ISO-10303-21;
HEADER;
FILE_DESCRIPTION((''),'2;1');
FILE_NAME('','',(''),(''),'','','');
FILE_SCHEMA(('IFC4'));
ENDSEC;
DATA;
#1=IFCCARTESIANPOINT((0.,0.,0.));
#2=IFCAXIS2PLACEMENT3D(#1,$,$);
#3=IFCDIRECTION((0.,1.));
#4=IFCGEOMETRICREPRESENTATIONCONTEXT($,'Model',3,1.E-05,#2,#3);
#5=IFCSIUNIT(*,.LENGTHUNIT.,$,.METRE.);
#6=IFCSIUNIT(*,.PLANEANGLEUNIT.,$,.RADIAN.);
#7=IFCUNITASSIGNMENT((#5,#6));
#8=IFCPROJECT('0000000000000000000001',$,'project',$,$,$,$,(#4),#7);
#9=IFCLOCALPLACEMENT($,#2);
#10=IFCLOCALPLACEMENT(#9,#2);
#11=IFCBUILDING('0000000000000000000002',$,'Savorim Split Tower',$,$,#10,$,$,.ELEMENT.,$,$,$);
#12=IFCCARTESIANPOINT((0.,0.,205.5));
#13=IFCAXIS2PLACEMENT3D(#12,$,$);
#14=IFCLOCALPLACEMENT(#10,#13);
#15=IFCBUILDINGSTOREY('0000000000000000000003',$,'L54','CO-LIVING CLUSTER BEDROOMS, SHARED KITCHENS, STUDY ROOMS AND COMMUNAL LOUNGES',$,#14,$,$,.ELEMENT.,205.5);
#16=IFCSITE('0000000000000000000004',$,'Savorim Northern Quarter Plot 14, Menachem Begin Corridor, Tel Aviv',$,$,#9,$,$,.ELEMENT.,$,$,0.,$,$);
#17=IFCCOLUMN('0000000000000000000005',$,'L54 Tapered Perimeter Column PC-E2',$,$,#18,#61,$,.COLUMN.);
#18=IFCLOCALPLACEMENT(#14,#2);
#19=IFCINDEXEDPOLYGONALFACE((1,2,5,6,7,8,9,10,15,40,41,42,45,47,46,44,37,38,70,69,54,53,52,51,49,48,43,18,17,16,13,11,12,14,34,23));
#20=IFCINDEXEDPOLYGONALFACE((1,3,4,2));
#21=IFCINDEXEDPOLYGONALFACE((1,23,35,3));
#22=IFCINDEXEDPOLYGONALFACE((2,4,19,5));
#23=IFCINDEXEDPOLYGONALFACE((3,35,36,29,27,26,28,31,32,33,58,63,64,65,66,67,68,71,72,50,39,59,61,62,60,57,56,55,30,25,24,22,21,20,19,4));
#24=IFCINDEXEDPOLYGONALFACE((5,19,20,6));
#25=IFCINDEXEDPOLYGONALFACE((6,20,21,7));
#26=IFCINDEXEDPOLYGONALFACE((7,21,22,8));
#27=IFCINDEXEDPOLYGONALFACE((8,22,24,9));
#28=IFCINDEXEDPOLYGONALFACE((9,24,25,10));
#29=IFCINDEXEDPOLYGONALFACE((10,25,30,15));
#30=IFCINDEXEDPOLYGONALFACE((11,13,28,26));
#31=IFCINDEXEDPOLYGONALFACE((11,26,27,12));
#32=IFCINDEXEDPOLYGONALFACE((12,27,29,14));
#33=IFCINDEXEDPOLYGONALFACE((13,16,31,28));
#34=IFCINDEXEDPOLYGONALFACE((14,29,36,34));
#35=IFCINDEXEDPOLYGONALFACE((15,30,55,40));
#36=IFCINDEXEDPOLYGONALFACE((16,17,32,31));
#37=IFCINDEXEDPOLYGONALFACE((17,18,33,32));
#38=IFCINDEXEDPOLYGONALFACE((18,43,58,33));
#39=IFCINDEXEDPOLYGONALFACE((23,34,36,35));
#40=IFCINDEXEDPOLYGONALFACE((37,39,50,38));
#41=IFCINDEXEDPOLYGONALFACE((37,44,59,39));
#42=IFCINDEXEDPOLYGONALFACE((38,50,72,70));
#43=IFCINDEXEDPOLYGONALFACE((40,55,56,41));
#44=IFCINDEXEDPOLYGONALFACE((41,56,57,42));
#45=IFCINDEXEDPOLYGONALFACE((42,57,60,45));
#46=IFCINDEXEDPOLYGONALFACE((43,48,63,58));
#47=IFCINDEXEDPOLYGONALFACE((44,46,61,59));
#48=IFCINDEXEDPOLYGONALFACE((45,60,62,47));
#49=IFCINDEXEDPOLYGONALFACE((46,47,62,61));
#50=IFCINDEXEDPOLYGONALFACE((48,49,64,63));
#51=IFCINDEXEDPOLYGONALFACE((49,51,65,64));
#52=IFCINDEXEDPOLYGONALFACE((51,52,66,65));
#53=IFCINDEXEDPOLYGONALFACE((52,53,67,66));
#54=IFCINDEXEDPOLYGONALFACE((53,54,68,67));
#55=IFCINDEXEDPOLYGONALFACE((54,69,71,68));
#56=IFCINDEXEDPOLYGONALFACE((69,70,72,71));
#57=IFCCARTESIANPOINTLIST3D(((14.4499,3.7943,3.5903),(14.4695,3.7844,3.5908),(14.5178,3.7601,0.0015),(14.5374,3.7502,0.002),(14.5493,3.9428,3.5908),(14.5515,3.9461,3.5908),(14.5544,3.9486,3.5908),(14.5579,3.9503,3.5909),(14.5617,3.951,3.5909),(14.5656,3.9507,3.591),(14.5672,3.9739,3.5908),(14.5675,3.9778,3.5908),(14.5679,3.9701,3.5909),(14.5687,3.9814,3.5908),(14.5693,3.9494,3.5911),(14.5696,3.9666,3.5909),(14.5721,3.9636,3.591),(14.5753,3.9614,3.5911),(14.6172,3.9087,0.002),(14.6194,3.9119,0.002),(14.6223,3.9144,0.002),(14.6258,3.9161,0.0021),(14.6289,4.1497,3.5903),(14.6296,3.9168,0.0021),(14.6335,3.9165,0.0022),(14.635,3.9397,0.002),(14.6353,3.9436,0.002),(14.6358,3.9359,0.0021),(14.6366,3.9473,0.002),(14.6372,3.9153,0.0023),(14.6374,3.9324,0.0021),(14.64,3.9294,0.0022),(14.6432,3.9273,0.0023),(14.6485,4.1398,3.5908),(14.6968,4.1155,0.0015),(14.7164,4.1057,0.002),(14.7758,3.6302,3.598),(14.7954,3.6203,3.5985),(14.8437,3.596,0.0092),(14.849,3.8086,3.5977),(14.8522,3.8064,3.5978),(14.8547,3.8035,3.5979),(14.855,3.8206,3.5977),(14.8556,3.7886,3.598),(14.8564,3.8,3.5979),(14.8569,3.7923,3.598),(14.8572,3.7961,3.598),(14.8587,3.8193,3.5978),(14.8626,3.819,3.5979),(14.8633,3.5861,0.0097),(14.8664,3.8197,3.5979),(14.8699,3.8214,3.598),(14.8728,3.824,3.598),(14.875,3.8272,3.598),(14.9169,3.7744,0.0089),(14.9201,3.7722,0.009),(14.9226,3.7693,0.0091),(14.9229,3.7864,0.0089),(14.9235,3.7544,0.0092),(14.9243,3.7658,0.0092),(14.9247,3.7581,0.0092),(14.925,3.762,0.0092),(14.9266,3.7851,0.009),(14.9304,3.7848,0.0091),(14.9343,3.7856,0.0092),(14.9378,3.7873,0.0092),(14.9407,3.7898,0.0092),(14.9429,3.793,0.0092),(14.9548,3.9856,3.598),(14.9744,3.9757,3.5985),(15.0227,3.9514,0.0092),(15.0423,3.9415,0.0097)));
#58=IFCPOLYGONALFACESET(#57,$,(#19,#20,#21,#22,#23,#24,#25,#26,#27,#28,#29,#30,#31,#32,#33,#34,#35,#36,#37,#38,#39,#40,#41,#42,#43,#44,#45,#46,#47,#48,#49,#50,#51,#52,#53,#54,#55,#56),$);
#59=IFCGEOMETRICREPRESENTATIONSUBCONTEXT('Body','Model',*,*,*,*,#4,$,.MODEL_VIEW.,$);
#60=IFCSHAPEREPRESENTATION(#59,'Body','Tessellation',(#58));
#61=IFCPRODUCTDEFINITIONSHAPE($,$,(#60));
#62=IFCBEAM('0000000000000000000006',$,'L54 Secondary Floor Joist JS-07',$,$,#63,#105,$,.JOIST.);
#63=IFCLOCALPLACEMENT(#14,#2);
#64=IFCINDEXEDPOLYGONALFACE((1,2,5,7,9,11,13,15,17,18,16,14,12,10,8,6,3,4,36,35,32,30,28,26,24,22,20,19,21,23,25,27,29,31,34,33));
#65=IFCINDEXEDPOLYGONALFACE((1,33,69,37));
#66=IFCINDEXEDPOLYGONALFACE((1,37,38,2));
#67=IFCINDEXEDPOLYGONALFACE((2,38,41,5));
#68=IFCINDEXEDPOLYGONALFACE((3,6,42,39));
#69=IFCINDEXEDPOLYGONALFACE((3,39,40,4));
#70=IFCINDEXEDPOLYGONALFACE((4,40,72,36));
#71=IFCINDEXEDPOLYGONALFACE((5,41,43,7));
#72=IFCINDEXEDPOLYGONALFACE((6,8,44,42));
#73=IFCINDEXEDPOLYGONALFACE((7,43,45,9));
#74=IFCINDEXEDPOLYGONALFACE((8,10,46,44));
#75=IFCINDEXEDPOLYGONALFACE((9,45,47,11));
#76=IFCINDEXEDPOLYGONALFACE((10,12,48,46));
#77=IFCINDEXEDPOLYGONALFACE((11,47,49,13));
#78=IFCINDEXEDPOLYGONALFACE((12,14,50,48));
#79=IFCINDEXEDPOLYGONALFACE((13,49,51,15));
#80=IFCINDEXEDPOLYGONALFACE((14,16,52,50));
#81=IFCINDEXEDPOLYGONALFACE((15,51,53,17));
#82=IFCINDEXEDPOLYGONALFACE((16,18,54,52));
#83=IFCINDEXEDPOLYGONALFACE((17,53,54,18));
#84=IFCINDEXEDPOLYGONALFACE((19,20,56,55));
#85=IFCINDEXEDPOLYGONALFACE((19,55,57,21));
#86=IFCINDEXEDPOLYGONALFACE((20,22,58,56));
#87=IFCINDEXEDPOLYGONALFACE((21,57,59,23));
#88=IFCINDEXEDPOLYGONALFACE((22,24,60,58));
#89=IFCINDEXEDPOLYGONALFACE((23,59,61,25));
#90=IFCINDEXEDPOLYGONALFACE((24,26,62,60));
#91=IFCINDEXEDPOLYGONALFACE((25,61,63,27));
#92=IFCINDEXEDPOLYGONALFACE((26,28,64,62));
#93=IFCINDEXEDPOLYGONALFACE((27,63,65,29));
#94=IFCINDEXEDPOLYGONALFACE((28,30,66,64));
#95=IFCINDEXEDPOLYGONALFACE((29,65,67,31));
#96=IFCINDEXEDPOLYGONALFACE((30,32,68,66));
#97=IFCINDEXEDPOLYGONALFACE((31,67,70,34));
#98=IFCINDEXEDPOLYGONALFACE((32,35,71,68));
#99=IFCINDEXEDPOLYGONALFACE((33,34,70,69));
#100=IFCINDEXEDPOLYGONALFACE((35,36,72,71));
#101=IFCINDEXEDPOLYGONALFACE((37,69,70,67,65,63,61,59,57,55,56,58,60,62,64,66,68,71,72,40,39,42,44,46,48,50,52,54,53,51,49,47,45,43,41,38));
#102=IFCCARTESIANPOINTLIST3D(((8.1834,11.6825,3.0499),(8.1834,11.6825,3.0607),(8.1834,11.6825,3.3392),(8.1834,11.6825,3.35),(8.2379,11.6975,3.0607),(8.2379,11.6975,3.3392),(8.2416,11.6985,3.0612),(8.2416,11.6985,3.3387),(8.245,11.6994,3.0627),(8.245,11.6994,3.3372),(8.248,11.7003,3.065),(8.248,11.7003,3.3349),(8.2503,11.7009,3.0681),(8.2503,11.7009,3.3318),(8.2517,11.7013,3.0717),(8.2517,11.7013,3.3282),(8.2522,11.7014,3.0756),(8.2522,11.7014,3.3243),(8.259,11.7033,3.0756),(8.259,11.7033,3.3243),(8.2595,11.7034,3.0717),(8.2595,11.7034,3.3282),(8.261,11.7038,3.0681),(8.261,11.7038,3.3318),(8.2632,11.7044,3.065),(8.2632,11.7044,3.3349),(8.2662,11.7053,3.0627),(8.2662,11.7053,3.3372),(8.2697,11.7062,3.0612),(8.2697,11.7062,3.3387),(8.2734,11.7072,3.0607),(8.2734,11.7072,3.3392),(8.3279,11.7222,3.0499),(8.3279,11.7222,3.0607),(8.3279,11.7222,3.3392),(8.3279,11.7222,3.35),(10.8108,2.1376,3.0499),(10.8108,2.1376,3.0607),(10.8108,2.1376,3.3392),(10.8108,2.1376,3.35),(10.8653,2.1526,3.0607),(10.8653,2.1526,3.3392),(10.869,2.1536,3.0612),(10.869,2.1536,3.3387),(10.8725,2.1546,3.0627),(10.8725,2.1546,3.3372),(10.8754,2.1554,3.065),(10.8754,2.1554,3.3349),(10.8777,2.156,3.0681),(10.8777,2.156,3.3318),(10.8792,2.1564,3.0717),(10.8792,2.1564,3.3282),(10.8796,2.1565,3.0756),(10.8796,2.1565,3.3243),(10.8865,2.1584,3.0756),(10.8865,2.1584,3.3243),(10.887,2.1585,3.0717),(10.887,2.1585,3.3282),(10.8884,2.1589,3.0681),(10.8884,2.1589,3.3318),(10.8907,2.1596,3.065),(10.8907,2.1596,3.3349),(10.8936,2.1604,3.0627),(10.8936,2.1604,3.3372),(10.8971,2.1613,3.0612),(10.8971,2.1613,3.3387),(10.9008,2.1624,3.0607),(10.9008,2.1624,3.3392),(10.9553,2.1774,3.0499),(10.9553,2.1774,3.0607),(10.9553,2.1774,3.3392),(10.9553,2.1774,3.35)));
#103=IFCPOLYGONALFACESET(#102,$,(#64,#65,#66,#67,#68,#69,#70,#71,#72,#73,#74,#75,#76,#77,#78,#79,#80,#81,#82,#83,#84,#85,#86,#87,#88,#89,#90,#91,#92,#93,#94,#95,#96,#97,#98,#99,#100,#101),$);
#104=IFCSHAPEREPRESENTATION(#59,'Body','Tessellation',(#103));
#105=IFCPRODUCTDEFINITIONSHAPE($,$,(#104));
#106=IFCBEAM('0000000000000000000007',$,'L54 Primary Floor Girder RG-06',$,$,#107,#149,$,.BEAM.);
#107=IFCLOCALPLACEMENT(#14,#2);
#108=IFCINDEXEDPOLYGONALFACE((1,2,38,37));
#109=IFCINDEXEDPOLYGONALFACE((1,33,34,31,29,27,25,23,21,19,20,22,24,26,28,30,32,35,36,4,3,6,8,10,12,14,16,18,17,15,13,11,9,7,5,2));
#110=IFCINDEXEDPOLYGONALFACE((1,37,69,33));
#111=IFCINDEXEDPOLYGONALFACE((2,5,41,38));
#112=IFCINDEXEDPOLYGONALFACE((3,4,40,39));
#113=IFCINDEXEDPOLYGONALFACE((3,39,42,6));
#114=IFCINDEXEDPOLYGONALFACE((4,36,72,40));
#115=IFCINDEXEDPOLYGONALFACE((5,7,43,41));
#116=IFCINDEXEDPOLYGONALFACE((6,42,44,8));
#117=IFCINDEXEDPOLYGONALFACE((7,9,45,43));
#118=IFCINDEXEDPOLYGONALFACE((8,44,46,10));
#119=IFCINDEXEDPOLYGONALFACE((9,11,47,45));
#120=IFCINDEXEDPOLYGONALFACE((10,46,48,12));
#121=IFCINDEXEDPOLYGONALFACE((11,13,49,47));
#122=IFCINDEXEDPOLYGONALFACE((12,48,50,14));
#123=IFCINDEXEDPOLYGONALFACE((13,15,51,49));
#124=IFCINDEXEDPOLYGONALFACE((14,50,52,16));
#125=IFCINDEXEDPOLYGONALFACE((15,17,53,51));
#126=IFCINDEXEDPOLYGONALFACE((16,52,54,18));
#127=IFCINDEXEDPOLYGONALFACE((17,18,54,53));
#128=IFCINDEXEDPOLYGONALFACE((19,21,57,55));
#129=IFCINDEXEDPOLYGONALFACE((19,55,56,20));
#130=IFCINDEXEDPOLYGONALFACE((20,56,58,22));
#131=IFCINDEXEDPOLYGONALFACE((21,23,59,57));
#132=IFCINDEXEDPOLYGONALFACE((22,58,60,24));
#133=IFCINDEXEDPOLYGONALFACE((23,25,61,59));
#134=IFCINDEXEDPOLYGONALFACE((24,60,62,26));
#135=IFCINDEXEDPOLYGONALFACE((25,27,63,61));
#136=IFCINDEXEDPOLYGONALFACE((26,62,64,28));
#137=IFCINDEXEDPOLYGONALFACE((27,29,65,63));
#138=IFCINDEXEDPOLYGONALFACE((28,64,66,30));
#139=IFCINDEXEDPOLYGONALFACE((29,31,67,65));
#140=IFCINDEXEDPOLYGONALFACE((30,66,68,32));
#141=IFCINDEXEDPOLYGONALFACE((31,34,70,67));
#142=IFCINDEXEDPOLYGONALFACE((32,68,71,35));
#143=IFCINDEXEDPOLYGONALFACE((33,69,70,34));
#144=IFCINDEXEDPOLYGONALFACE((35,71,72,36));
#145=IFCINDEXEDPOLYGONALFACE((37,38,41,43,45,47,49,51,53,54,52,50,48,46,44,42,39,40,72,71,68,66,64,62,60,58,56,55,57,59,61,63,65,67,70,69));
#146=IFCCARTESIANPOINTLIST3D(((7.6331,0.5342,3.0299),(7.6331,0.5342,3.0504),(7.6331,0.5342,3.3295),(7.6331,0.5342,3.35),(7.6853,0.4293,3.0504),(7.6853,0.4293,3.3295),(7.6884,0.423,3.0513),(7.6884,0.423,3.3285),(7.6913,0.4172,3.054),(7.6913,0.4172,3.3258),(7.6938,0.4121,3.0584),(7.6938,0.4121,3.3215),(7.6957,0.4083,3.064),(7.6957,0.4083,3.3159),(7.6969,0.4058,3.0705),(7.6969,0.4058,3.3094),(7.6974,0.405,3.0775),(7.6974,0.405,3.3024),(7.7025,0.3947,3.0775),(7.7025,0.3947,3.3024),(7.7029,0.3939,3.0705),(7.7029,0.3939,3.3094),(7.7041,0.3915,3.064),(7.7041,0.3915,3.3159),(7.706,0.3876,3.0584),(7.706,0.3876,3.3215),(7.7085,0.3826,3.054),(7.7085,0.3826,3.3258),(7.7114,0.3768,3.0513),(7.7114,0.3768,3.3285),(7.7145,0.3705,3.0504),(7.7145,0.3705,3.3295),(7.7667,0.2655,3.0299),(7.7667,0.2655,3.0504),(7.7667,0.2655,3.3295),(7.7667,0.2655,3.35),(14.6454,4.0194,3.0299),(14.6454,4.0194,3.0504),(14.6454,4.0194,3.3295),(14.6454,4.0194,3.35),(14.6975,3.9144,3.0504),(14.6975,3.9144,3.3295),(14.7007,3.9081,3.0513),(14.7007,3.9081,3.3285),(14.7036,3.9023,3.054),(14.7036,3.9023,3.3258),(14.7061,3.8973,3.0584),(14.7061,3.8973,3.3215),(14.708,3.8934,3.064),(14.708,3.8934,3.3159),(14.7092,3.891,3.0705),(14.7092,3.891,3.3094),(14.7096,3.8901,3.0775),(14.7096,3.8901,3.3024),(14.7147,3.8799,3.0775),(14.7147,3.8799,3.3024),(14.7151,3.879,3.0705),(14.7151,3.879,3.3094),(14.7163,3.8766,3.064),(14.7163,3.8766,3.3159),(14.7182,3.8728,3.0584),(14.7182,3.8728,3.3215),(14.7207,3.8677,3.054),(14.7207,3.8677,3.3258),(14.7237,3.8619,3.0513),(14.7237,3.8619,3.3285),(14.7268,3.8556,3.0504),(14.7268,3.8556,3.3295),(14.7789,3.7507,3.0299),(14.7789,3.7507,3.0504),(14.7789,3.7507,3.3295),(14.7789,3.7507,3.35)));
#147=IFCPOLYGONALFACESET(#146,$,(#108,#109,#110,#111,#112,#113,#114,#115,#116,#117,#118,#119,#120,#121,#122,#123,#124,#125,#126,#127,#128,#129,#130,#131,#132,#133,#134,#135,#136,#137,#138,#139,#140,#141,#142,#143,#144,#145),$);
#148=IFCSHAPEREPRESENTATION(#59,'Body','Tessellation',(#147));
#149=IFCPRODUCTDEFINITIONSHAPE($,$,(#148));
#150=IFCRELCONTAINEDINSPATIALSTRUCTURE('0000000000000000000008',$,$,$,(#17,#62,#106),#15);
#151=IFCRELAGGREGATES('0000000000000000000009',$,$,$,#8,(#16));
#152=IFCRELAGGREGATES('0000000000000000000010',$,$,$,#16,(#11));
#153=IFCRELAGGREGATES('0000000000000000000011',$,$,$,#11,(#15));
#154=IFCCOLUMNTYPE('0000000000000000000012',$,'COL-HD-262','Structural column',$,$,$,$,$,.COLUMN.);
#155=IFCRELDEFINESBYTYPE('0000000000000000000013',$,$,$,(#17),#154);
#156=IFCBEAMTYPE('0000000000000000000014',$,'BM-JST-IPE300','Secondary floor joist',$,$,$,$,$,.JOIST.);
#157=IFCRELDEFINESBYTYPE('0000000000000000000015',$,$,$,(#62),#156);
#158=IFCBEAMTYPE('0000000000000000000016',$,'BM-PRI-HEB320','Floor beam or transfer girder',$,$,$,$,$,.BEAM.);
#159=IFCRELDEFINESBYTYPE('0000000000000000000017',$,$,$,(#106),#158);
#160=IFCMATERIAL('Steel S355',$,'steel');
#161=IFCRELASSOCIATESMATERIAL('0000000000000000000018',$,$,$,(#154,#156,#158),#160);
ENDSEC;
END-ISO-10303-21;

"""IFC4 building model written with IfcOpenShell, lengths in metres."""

from ifc_helpers import new_model, si_unit, direction, frame, origin, origin_2d, place, context, subcontext, project, spatial, i_section, extrude, material, material_profile, profile_set, type_object, element, save


model = new_model("IFC4")

# Units and contexts
model_context = context("Model", 3, precision=1e-05, world=origin(), true_north=direction((0.0, 1.0)))
body_context = subcontext(model_context, "Body", "Model", "MODEL_VIEW")
ifc_project = project(units=[si_unit("LENGTHUNIT", "METRE"), si_unit("PLANEANGLEUNIT", "RADIAN")], contexts=[model_context])

# Site, building, storey
site_placement = place(None, origin())
site = spatial("IfcSite", under=ifc_project, at=site_placement, Name="Savorim Northern Quarter Plot 14, Menachem Begin Corridor, Tel Aviv", CompositionType="ELEMENT", RefElevation=0.0)
building_placement = place(site_placement, origin())
building = spatial("IfcBuilding", under=site, at=building_placement, Name="Savorim Split Tower", CompositionType="ELEMENT")
storey_placement = place(building_placement, frame((0.0, 0.0, 205.5)))
storey = spatial("IfcBuildingStorey", under=building, at=storey_placement, Name="L54", Description="CO-LIVING CLUSTER BEDROOMS, SHARED KITCHENS, STUDY ROOMS AND COMMUNAL LOUNGES", CompositionType="ELEMENT", Elevation=205.5)

# Column
ifc_material_1 = material(Name="Steel S355", Category="steel")
ifc_material_profile_1 = material_profile(ifc_material_1, i_section(OverallWidth=0.3979, OverallDepth=0.387, WebThickness=0.0134, FlangeThickness=0.022, FilletRadius=0.0149, at=origin_2d()), Name="HD 400x262")
ifc_profile_set_1 = profile_set([ifc_material_profile_1], Name="Steel S355")
column_type = type_object("IfcColumnType", Name="COL-HD-262", Description="Structural column", PredefinedType="COLUMN", material=ifc_profile_set_1)
column_placement = place(storey_placement, frame((14.78, 3.8508, 0.0056), z_axis=(-0.018907, 0.009522, 0.999776), x_axis=(-0.449782, -0.893138, 0.0)))
element("IfcColumn", 1, at=column_placement, inside=storey, type_object=column_type, Name="L54 Tapered Perimeter Column PC-E2", PredefinedType="COLUMN", context=body_context, shape_type="SweptSolid", body=[
    extrude(i_section(OverallWidth=0.3979, OverallDepth=0.387, WebThickness=0.0134, FlangeThickness=0.022, FilletRadius=0.0149, at=origin_2d()), origin(), (0.0, 0.0, 1.0), 3.5896),
])

# Beams
ifc_material_profile_2 = material_profile(ifc_material_1, i_section(OverallWidth=0.1499, OverallDepth=0.3, WebThickness=0.0071, FlangeThickness=0.0107, FilletRadius=0.0149, at=origin_2d()), Name="IPE 300")
ifc_profile_set_2 = profile_set([ifc_material_profile_2], Name="Steel S355")
beam_type_1 = type_object("IfcBeamType", Name="BM-JST-IPE300", Description="Secondary floor joist", PredefinedType="JOIST", material=ifc_profile_set_2)
beam_1_placement = place(storey_placement, frame((10.8831, 2.1575, 3.2), z_axis=(-0.2654, 0.964139, 0.0), x_axis=(-0.964139, -0.2654, 0.0)))
element("IfcBeam", 2, at=beam_1_placement, inside=storey, type_object=beam_type_1, Name="L54 Secondary Floor Joist JS-07", PredefinedType="JOIST", context=body_context, shape_type="SweptSolid", body=[
    extrude(i_section(OverallWidth=0.1499, OverallDepth=0.3, WebThickness=0.0071, FlangeThickness=0.0107, FilletRadius=0.0149, at=origin_2d()), origin(), (0.0, 0.0, 1.0), 9.8999),
])
ifc_material_profile_3 = material_profile(ifc_material_1, i_section(OverallWidth=0.3, OverallDepth=0.3201, WebThickness=0.0115, FlangeThickness=0.0205, FilletRadius=0.0271, at=origin_2d()), Name="HEB 320")
ifc_profile_set_3 = profile_set([ifc_material_profile_3], Name="Steel S355")
beam_type_2 = type_object("IfcBeamType", Name="BM-PRI-HEB320", Description="Floor beam or transfer girder", PredefinedType="BEAM", material=ifc_profile_set_3)
beam_2_placement = place(storey_placement, frame((14.7122, 3.885, 3.1899), z_axis=(-0.895497, -0.445067, 0.0), x_axis=(0.445067, -0.895497, 0.0)))
element("IfcBeam", 3, at=beam_2_placement, inside=storey, type_object=beam_type_2, Name="L54 Primary Floor Girder RG-06", PredefinedType="BEAM", context=body_context, shape_type="SweptSolid", body=[
    extrude(i_section(OverallWidth=0.3, OverallDepth=0.3201, WebThickness=0.0115, FlangeThickness=0.0205, FilletRadius=0.0271, at=origin_2d()), origin(), (0.0, 0.0, 1.0), 7.8306),
])

save(model, "model.ifc")
